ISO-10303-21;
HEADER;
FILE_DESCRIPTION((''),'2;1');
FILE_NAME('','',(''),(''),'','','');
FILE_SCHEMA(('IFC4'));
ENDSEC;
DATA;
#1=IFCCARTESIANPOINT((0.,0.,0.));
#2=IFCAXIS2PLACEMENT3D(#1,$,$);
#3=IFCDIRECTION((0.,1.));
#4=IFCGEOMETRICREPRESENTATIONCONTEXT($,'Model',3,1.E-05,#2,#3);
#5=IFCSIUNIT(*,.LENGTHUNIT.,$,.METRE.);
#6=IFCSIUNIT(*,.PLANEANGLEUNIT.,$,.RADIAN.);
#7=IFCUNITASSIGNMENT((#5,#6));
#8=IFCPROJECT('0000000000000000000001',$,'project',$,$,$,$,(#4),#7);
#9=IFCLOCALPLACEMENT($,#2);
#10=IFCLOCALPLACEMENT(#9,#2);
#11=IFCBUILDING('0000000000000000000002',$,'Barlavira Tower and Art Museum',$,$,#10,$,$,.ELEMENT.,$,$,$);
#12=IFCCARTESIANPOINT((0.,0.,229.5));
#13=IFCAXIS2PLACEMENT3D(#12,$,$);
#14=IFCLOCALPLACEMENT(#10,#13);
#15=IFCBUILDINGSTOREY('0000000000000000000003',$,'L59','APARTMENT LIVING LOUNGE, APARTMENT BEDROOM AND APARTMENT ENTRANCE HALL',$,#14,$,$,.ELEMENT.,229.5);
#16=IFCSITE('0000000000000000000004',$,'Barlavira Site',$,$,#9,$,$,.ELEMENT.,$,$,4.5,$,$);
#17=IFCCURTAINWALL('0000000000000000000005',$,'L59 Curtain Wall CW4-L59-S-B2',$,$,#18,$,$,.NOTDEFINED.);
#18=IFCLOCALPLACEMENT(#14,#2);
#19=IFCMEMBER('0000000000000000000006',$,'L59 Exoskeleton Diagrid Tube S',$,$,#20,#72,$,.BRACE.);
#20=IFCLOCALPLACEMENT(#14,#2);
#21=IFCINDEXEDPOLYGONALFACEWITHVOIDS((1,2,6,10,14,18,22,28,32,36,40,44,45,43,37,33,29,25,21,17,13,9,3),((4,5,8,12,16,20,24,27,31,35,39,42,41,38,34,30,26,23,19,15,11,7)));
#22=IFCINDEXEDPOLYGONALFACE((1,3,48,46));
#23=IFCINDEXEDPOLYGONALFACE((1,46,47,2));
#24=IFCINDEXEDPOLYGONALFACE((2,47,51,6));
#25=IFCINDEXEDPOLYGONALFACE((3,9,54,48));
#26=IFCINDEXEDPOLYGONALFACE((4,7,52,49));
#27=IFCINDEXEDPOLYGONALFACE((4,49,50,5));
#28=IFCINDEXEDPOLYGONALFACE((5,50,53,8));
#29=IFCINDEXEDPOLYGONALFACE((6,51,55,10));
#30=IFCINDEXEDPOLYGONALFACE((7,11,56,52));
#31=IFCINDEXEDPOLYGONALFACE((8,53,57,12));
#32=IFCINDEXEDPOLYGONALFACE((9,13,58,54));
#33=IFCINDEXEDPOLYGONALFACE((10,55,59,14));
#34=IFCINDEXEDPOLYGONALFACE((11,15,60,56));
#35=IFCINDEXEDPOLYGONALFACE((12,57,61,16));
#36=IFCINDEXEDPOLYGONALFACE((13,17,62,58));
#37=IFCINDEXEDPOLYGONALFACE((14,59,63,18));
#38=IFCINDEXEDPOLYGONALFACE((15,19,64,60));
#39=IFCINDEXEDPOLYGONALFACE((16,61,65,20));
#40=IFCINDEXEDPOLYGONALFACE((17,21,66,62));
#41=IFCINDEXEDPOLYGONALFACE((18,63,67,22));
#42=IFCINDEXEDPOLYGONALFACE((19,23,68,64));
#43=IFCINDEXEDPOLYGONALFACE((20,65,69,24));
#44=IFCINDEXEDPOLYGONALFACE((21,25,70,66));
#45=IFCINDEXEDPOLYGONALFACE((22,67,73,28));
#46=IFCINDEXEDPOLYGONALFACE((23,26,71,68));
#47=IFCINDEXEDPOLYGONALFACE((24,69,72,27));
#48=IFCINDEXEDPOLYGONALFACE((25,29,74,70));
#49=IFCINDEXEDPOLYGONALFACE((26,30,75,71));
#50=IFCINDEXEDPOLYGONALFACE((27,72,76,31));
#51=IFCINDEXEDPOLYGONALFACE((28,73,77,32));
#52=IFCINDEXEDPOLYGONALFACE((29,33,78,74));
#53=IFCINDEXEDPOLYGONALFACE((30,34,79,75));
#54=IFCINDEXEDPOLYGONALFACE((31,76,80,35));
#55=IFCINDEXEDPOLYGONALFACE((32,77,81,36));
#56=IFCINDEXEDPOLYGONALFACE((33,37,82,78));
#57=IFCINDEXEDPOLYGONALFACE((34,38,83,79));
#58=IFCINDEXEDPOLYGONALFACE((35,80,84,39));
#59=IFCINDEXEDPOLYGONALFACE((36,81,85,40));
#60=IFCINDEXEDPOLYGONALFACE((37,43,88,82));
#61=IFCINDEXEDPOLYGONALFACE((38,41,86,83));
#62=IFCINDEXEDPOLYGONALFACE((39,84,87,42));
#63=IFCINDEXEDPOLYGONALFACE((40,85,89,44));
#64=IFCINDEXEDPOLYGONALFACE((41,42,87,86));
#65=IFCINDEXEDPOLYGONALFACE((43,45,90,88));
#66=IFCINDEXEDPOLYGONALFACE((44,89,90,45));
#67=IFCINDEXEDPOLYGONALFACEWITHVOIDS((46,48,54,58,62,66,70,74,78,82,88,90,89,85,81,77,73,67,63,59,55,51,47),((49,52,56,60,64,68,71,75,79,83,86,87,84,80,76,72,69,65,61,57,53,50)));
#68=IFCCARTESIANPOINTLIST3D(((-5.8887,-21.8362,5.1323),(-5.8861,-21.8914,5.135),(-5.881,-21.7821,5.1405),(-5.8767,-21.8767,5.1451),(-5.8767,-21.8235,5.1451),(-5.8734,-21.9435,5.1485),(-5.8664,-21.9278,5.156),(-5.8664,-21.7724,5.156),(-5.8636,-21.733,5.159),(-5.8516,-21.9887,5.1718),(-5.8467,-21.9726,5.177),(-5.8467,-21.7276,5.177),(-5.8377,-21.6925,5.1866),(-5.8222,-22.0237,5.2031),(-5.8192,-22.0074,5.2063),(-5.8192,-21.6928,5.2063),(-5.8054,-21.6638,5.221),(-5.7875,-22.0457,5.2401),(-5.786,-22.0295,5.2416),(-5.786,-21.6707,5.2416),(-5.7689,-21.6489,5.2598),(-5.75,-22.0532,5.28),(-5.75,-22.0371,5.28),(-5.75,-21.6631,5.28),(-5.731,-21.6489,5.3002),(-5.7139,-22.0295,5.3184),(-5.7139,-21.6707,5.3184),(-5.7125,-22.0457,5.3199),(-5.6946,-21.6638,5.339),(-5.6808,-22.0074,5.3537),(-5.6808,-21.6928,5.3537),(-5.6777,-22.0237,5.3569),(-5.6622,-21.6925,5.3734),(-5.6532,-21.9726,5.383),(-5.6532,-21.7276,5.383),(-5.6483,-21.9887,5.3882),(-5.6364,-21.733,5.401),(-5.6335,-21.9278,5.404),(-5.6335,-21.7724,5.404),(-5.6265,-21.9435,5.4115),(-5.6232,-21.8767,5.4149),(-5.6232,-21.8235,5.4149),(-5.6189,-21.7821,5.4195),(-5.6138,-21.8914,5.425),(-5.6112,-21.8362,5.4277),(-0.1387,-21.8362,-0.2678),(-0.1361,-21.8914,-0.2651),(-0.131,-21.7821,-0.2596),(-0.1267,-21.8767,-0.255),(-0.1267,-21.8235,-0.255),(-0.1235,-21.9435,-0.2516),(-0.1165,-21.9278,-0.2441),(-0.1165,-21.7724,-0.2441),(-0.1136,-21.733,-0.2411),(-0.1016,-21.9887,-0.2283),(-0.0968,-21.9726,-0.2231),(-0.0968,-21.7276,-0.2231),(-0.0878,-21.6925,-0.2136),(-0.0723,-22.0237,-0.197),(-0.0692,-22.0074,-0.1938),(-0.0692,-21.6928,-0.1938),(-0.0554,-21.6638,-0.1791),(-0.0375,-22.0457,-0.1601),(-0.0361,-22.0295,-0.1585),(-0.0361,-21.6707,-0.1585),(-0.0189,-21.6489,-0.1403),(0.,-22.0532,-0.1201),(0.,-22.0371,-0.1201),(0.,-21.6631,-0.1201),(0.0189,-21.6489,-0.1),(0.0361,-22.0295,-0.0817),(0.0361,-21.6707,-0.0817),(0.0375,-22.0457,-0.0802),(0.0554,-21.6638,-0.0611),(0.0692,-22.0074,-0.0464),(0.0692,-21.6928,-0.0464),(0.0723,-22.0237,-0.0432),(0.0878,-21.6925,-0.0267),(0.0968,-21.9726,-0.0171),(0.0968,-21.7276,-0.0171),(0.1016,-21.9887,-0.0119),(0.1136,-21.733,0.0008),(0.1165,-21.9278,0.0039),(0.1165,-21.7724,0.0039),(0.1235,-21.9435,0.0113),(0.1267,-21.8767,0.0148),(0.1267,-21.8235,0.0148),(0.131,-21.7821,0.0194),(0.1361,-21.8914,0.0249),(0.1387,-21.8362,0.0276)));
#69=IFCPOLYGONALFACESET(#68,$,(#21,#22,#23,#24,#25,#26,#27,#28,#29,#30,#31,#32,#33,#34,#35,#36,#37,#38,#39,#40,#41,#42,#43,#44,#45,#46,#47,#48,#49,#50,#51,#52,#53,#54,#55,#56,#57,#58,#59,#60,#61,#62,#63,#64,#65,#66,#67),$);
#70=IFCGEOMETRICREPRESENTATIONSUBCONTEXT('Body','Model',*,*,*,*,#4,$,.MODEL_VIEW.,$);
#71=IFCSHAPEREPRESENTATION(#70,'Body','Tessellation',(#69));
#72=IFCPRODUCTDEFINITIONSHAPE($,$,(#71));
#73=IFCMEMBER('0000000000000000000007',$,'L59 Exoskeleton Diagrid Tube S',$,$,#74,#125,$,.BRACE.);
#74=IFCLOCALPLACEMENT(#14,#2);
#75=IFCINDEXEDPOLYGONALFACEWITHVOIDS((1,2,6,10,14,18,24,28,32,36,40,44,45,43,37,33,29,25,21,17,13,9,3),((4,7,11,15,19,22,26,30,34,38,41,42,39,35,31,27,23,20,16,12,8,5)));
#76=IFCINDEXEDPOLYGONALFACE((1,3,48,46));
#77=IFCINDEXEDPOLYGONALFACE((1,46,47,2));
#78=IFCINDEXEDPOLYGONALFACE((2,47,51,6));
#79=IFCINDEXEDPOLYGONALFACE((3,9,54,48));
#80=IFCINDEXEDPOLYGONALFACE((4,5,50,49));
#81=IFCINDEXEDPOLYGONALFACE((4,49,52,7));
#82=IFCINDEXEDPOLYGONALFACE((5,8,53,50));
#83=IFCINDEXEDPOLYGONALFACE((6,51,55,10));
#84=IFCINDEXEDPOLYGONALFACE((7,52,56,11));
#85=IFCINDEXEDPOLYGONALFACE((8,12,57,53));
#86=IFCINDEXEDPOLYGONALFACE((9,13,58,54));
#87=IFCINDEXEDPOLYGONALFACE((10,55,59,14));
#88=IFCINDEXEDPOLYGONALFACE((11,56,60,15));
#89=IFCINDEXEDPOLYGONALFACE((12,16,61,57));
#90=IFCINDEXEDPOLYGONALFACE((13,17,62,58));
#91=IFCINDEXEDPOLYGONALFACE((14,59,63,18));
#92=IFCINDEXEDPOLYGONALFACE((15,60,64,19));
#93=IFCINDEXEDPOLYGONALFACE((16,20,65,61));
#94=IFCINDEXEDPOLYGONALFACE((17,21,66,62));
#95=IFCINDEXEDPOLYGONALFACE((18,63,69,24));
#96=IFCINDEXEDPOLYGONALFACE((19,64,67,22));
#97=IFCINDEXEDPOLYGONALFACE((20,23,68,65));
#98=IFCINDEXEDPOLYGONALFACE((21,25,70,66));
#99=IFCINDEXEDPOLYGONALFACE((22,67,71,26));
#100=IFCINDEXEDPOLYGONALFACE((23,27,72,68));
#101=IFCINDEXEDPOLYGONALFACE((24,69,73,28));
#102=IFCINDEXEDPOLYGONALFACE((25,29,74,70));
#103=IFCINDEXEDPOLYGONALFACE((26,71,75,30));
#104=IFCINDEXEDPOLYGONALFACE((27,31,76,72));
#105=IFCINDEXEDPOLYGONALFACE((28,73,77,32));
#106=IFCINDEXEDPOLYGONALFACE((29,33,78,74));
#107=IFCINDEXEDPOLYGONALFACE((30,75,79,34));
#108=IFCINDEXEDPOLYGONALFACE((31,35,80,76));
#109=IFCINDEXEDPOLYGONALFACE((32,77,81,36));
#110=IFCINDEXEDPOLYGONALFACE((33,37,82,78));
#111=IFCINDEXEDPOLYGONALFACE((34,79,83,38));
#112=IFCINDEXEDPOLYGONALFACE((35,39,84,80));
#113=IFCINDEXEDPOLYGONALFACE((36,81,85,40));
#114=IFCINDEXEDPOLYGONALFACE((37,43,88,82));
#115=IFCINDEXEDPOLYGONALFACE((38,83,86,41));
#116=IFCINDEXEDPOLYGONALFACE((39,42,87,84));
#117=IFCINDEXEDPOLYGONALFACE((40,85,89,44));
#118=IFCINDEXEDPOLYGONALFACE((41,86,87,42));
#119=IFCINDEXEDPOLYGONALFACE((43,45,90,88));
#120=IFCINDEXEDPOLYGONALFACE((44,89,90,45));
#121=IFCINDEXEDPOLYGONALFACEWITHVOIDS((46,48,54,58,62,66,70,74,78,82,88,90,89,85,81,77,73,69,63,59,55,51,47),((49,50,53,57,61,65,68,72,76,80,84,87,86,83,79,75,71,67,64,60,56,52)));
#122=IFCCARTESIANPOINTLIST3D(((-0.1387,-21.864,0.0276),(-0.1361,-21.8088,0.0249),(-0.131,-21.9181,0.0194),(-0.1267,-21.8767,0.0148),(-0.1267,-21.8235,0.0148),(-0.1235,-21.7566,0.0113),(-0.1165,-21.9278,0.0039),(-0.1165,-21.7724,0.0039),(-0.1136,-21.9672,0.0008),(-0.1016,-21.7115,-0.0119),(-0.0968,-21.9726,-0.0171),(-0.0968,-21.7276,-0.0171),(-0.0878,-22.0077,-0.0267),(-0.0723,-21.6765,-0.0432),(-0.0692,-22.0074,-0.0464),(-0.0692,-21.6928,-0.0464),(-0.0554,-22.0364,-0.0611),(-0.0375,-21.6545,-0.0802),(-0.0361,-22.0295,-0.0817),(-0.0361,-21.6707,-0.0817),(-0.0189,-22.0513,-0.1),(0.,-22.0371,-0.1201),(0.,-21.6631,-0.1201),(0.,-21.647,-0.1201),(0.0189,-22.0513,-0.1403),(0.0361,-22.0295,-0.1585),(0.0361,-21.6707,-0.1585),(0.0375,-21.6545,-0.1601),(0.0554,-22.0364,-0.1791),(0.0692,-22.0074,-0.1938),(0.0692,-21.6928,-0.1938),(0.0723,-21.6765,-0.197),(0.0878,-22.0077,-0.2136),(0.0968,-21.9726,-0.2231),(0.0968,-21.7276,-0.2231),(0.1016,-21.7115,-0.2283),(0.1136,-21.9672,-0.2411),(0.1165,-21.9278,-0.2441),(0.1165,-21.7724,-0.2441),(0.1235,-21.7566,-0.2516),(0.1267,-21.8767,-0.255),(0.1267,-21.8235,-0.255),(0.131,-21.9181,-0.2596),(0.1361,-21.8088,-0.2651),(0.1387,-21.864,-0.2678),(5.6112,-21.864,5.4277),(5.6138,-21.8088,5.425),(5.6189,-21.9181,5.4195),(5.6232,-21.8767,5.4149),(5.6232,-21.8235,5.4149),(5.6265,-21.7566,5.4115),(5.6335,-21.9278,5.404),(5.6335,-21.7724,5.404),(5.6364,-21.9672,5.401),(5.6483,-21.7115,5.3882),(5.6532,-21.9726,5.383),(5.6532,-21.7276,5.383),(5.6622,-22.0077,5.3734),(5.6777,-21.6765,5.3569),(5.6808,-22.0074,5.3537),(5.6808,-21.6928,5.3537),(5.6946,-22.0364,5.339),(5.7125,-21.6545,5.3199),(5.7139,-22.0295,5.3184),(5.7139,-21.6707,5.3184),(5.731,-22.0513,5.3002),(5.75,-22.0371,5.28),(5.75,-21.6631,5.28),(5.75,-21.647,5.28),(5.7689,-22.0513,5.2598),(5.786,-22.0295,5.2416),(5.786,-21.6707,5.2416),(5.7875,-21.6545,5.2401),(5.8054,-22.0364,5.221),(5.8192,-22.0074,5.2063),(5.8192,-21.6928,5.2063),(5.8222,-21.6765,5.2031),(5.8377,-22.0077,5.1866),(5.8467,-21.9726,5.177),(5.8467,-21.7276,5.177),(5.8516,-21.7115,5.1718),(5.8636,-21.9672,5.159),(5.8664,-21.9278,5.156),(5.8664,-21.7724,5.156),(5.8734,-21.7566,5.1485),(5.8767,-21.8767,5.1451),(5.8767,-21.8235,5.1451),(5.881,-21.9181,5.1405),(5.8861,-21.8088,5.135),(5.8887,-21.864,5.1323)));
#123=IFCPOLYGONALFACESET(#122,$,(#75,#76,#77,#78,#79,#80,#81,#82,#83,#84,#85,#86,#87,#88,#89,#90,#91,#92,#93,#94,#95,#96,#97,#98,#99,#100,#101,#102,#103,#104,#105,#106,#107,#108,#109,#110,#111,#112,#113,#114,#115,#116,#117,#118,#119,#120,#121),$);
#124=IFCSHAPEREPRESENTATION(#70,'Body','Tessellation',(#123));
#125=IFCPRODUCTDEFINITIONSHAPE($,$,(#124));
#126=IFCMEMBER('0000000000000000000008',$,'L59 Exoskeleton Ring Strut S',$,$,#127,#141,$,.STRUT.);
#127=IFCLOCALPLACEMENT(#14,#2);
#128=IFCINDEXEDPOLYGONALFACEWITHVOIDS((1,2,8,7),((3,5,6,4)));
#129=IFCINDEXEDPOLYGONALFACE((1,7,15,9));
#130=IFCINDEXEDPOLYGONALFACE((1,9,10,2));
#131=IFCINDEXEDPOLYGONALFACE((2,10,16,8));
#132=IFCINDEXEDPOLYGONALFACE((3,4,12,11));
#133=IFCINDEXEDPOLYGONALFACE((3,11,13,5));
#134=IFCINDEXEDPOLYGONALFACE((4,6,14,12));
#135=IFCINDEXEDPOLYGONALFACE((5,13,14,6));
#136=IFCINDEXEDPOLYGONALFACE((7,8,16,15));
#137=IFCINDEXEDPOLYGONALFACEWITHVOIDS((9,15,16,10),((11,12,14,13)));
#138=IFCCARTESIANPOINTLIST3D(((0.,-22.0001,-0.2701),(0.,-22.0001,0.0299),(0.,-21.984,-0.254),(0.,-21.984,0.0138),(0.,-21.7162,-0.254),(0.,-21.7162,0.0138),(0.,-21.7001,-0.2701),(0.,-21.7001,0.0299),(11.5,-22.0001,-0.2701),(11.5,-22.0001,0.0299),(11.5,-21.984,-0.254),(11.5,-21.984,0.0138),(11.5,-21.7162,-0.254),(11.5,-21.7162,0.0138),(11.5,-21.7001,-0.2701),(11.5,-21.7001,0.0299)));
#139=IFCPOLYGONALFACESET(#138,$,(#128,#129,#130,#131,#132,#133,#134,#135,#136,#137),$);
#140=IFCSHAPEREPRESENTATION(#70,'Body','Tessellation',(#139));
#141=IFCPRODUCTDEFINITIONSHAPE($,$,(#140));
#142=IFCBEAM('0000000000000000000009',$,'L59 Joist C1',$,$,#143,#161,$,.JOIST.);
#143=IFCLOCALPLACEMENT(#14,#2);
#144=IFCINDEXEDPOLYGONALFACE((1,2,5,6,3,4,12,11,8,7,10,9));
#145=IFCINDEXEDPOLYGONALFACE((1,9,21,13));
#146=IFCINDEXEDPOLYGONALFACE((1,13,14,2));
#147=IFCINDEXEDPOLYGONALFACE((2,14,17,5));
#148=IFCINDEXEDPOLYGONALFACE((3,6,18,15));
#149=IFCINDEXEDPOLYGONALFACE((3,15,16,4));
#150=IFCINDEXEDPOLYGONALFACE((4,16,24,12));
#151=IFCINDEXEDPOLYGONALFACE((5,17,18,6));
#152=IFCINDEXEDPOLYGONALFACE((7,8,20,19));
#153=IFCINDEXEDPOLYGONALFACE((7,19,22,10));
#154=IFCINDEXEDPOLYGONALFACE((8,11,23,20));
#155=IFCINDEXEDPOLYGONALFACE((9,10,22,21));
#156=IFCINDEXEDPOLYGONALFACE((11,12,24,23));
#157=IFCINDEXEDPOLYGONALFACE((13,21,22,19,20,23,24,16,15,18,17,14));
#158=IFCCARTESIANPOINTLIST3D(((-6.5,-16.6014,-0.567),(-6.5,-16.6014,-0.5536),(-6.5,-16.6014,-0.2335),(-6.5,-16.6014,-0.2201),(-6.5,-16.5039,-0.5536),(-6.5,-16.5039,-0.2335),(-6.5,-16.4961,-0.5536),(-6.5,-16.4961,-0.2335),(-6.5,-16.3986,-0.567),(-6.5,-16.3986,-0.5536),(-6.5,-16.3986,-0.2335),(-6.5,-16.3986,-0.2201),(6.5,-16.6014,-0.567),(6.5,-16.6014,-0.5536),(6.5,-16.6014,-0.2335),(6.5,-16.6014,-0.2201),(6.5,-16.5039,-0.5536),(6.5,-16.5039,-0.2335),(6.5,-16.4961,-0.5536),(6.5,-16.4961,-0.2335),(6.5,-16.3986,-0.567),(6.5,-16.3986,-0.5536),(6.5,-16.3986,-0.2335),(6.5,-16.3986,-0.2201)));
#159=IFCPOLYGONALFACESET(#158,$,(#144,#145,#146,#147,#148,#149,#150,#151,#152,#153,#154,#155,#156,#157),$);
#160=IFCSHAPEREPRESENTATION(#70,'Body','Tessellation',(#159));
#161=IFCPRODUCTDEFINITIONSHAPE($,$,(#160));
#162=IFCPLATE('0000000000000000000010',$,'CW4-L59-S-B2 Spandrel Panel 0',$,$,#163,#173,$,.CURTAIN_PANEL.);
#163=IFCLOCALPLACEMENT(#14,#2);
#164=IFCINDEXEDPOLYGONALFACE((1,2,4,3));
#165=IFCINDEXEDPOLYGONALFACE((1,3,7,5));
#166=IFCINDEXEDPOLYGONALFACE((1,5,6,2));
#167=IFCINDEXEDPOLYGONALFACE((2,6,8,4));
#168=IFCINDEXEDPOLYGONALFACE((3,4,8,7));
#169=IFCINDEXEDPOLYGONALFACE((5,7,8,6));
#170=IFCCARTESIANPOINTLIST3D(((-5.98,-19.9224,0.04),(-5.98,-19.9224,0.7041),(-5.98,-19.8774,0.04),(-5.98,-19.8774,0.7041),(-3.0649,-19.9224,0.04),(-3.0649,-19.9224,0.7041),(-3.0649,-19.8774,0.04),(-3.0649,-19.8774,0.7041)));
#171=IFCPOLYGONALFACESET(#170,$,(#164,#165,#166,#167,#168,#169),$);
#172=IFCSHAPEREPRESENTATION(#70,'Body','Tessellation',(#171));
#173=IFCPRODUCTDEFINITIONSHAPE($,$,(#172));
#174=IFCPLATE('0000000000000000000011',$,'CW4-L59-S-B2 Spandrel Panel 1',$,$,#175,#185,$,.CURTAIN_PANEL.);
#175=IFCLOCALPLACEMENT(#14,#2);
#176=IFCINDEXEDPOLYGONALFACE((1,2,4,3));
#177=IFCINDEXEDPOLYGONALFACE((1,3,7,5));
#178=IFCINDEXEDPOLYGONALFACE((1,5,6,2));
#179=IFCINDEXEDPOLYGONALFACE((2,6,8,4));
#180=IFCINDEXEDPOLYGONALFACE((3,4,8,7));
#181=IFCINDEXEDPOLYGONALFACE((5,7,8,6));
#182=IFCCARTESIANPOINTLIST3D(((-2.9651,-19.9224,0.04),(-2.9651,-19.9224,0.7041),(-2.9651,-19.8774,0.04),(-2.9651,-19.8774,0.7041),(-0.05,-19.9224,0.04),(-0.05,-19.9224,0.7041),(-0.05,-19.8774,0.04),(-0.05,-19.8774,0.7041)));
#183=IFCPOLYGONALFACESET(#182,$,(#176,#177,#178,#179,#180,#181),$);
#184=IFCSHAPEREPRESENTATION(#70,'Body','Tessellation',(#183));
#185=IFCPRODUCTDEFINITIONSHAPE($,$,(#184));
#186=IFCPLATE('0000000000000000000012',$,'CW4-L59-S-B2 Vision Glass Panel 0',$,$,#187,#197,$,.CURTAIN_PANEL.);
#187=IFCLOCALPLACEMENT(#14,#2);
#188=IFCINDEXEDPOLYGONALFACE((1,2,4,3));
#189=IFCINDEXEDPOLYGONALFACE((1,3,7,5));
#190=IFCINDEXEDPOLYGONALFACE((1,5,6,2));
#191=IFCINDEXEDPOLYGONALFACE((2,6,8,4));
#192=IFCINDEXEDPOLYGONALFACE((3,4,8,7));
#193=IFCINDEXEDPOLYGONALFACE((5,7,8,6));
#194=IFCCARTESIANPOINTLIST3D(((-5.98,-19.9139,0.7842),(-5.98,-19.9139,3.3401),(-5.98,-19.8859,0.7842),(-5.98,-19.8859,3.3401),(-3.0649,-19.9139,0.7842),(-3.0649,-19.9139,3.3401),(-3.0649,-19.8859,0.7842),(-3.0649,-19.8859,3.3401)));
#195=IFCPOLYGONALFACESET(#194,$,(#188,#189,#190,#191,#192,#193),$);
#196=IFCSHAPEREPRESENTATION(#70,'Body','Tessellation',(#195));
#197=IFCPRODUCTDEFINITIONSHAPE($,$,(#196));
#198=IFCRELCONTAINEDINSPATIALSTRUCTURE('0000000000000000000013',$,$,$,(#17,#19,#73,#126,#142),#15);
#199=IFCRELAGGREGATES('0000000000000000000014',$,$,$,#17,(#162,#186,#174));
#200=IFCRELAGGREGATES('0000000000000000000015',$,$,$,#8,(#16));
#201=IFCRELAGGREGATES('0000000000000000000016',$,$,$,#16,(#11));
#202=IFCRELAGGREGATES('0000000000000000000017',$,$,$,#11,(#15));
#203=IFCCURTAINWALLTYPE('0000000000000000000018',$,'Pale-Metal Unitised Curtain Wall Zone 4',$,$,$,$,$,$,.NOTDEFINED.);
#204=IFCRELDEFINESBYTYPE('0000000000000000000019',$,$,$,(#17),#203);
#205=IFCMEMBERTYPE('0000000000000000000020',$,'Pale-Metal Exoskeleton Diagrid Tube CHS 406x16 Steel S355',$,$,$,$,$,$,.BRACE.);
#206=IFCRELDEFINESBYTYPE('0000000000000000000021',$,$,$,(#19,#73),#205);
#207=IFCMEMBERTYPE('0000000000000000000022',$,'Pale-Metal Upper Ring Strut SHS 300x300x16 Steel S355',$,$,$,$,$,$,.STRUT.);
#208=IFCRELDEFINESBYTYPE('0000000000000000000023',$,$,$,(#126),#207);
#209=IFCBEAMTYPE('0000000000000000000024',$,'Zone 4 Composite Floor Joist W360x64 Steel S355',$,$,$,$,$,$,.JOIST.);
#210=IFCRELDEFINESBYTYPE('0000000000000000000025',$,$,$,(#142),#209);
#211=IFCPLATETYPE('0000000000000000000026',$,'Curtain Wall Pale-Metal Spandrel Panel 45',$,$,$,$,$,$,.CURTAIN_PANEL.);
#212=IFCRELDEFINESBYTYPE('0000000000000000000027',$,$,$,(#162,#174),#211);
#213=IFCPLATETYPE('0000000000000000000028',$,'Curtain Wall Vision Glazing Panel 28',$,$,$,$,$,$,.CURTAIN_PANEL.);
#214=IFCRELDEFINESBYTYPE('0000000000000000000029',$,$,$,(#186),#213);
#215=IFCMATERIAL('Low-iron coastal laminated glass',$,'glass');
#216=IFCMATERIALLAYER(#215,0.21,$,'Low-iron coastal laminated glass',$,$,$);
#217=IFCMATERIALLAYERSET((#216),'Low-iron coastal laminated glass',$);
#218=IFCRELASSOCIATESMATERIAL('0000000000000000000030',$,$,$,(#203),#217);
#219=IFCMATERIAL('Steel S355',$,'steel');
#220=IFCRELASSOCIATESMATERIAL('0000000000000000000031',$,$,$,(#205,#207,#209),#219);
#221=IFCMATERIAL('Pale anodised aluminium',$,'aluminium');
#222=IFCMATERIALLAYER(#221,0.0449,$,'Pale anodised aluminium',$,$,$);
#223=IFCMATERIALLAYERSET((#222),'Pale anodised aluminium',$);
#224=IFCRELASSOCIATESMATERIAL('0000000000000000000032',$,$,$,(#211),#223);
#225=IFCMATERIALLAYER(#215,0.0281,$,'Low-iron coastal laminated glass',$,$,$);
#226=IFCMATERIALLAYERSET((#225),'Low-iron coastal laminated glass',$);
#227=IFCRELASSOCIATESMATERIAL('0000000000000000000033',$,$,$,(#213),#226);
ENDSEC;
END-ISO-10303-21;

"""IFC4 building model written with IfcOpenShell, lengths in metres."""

from ifc_helpers import new_model, si_unit, direction, frame, origin, origin_2d, place, context, subcontext, project, spatial, rectangle, hollow_rectangle, hollow_circle, i_section, extrude, material, layer, layer_set, material_profile, profile_set, type_object, element, aggregate, save


model = new_model("IFC4")

# Units and contexts
model_context = context("Model", 3, precision=1e-05, world=origin(), true_north=direction((0.0, 1.0)))
body_context = subcontext(model_context, "Body", "Model", "MODEL_VIEW")
ifc_project = project(units=[si_unit("LENGTHUNIT", "METRE"), si_unit("PLANEANGLEUNIT", "RADIAN")], contexts=[model_context])

# Site, building, storey
site_placement = place(None, origin())
site = spatial("IfcSite", under=ifc_project, at=site_placement, Name="Barlavira Site", CompositionType="ELEMENT", RefElevation=4.5)
building_placement = place(site_placement, origin())
building = spatial("IfcBuilding", under=site, at=building_placement, Name="Barlavira Tower and Art Museum", CompositionType="ELEMENT")
storey_placement = place(building_placement, frame((0.0, 0.0, 229.5)))
storey = spatial("IfcBuildingStorey", under=building, at=storey_placement, Name="L59", Description="APARTMENT LIVING LOUNGE, APARTMENT BEDROOM AND APARTMENT ENTRANCE HALL", CompositionType="ELEMENT", Elevation=229.5)

# Curtain wall
ifc_material_1 = material(Name="Low-iron coastal laminated glass", Category="glass")
ifc_layer_1 = layer(ifc_material_1, 0.21, Name="Low-iron coastal laminated glass")
ifc_layer_set_1 = layer_set([ifc_layer_1], Name="Low-iron coastal laminated glass")
curtain_wall_type = type_object("IfcCurtainWallType", Name="Pale-Metal Unitised Curtain Wall Zone 4", PredefinedType="NOTDEFINED", material=ifc_layer_set_1)
curtain_wall_placement = place(storey_placement, origin())
curtain_wall = element("IfcCurtainWall", 1, at=curtain_wall_placement, inside=storey, type_object=curtain_wall_type, Name="L59 Curtain Wall CW4-L59-S-B2", PredefinedType="NOTDEFINED")
ifc_material_2 = material(Name="Pale anodised aluminium", Category="aluminium")

# Members
ifc_material_3 = material(Name="Steel S355", Category="steel")
ifc_material_profile_1 = material_profile(ifc_material_3, hollow_circle(Radius=0.2031, WallThickness=0.0161, at=origin_2d()), Name="CHS 406.4x16.0")
ifc_profile_set_1 = profile_set([ifc_material_profile_1], Name="Steel S355")
member_type_1 = type_object("IfcMemberType", Name="Pale-Metal Exoskeleton Diagrid Tube CHS 406x16 Steel S355", PredefinedType="BRACE", material=ifc_profile_set_1)
for number, where, z_axis, x_axis, name in (
    (2, (0.0, -21.8501, -0.1201), (-0.728935, 0.0, 0.684583), (0.0, -1.0, 0.0), "L59 Exoskeleton Diagrid Tube S"),
    (3, (0.0, -21.8501, -0.1201), (0.728935, 0.0, 0.684583), (0.0, 1.0, 0.0), "L59 Exoskeleton Diagrid Tube S"),
):
    element("IfcMember", number, at=place(storey_placement, frame(where, z_axis=z_axis, x_axis=x_axis)), inside=storey, type_object=member_type_1, Name=name, PredefinedType="BRACE", context=body_context, shape_type="SweptSolid", body=[
        extrude(hollow_circle(Radius=0.2031, WallThickness=0.0161, at=origin_2d()), origin(), (0.0, 0.0, 1.0), 7.8882),
    ])
ifc_material_profile_2 = material_profile(ifc_material_3, hollow_rectangle(XDim=0.3, YDim=0.3, WallThickness=0.0161, at=origin_2d()), Name="SHS 300x300x16.0")
ifc_profile_set_2 = profile_set([ifc_material_profile_2], Name="Steel S355")
member_type_2 = type_object("IfcMemberType", Name="Pale-Metal Upper Ring Strut SHS 300x300x16 Steel S355", PredefinedType="STRUT", material=ifc_profile_set_2)
member_1_placement = place(storey_placement, frame((0.0, -21.8501, -0.1201), z_axis=(1.0, 0.0, 0.0), x_axis=(0.0, 1.0, 0.0)))
element("IfcMember", 4, at=member_1_placement, inside=storey, type_object=member_type_2, Name="L59 Exoskeleton Ring Strut S", PredefinedType="STRUT", context=body_context, shape_type="SweptSolid", body=[
    extrude(hollow_rectangle(XDim=0.3, YDim=0.3, WallThickness=0.0161, at=origin_2d()), origin(), (0.0, 0.0, 1.0), 11.5),
])

# Beam
ifc_material_profile_3 = material_profile(ifc_material_3, i_section(OverallWidth=0.2029, OverallDepth=0.3469, WebThickness=0.0078, FlangeThickness=0.0134, at=origin_2d()), Name="W360x64.0")
ifc_profile_set_3 = profile_set([ifc_material_profile_3], Name="Steel S355")
beam_type = type_object("IfcBeamType", Name="Zone 4 Composite Floor Joist W360x64 Steel S355", PredefinedType="JOIST", material=ifc_profile_set_3)
beam_placement = place(storey_placement, frame((-6.5, -16.5, -0.3936), z_axis=(1.0, 0.0, 0.0), x_axis=(0.0, 1.0, 0.0)))
element("IfcBeam", 5, at=beam_placement, inside=storey, type_object=beam_type, Name="L59 Joist C1", PredefinedType="JOIST", context=body_context, shape_type="SweptSolid", body=[
    extrude(i_section(OverallWidth=0.2029, OverallDepth=0.3469, WebThickness=0.0078, FlangeThickness=0.0134, at=origin_2d()), origin(), (0.0, 0.0, 1.0), 13.0),
])

# Plates
ifc_layer_2 = layer(ifc_material_2, 0.0449, Name="Pale anodised aluminium")
ifc_layer_set_2 = layer_set([ifc_layer_2], Name="Pale anodised aluminium")
plate_type_1 = type_object("IfcPlateType", Name="Curtain Wall Pale-Metal Spandrel Panel 45", PredefinedType="CURTAIN_PANEL", material=ifc_layer_set_2)
plate_1_placement = place(storey_placement, frame((-4.5225, -19.8999, 0.04), z_axis=(0.0, 0.0, 1.0), x_axis=(1.0, 0.0, 0.0)))
plate_1 = element("IfcPlate", 6, at=plate_1_placement, type_object=plate_type_1, Name="CW4-L59-S-B2 Spandrel Panel 0", PredefinedType="CURTAIN_PANEL", context=body_context, shape_type="SweptSolid", body=[
    extrude(rectangle(XDim=2.915, YDim=0.0449, at=origin_2d()), origin(), (0.0, 0.0, 1.0), 0.6641),
])
plate_2_placement = place(storey_placement, frame((-1.5076, -19.8999, 0.04), z_axis=(0.0, 0.0, 1.0), x_axis=(1.0, 0.0, 0.0)))
plate_2 = element("IfcPlate", 7, at=plate_2_placement, type_object=plate_type_1, Name="CW4-L59-S-B2 Spandrel Panel 1", PredefinedType="CURTAIN_PANEL", context=body_context, shape_type="SweptSolid", body=[
    extrude(rectangle(XDim=2.915, YDim=0.0449, at=origin_2d()), origin(), (0.0, 0.0, 1.0), 0.6641),
])
ifc_layer_3 = layer(ifc_material_1, 0.0281, Name="Low-iron coastal laminated glass")
ifc_layer_set_3 = layer_set([ifc_layer_3], Name="Low-iron coastal laminated glass")
plate_type_2 = type_object("IfcPlateType", Name="Curtain Wall Vision Glazing Panel 28", PredefinedType="CURTAIN_PANEL", material=ifc_layer_set_3)
plate_3_placement = place(storey_placement, frame((-4.5225, -19.8999, 0.7842), z_axis=(0.0, 0.0, 1.0), x_axis=(1.0, 0.0, 0.0)))
plate_3 = element("IfcPlate", 8, at=plate_3_placement, type_object=plate_type_2, Name="CW4-L59-S-B2 Vision Glass Panel 0", PredefinedType="CURTAIN_PANEL", context=body_context, shape_type="SweptSolid", body=[
    extrude(rectangle(XDim=2.915, YDim=0.0281, at=origin_2d()), origin(), (0.0, 0.0, 1.0), 2.5559),
])
aggregate(curtain_wall, [plate_1, plate_3, plate_2])

save(model, "model.ifc")
